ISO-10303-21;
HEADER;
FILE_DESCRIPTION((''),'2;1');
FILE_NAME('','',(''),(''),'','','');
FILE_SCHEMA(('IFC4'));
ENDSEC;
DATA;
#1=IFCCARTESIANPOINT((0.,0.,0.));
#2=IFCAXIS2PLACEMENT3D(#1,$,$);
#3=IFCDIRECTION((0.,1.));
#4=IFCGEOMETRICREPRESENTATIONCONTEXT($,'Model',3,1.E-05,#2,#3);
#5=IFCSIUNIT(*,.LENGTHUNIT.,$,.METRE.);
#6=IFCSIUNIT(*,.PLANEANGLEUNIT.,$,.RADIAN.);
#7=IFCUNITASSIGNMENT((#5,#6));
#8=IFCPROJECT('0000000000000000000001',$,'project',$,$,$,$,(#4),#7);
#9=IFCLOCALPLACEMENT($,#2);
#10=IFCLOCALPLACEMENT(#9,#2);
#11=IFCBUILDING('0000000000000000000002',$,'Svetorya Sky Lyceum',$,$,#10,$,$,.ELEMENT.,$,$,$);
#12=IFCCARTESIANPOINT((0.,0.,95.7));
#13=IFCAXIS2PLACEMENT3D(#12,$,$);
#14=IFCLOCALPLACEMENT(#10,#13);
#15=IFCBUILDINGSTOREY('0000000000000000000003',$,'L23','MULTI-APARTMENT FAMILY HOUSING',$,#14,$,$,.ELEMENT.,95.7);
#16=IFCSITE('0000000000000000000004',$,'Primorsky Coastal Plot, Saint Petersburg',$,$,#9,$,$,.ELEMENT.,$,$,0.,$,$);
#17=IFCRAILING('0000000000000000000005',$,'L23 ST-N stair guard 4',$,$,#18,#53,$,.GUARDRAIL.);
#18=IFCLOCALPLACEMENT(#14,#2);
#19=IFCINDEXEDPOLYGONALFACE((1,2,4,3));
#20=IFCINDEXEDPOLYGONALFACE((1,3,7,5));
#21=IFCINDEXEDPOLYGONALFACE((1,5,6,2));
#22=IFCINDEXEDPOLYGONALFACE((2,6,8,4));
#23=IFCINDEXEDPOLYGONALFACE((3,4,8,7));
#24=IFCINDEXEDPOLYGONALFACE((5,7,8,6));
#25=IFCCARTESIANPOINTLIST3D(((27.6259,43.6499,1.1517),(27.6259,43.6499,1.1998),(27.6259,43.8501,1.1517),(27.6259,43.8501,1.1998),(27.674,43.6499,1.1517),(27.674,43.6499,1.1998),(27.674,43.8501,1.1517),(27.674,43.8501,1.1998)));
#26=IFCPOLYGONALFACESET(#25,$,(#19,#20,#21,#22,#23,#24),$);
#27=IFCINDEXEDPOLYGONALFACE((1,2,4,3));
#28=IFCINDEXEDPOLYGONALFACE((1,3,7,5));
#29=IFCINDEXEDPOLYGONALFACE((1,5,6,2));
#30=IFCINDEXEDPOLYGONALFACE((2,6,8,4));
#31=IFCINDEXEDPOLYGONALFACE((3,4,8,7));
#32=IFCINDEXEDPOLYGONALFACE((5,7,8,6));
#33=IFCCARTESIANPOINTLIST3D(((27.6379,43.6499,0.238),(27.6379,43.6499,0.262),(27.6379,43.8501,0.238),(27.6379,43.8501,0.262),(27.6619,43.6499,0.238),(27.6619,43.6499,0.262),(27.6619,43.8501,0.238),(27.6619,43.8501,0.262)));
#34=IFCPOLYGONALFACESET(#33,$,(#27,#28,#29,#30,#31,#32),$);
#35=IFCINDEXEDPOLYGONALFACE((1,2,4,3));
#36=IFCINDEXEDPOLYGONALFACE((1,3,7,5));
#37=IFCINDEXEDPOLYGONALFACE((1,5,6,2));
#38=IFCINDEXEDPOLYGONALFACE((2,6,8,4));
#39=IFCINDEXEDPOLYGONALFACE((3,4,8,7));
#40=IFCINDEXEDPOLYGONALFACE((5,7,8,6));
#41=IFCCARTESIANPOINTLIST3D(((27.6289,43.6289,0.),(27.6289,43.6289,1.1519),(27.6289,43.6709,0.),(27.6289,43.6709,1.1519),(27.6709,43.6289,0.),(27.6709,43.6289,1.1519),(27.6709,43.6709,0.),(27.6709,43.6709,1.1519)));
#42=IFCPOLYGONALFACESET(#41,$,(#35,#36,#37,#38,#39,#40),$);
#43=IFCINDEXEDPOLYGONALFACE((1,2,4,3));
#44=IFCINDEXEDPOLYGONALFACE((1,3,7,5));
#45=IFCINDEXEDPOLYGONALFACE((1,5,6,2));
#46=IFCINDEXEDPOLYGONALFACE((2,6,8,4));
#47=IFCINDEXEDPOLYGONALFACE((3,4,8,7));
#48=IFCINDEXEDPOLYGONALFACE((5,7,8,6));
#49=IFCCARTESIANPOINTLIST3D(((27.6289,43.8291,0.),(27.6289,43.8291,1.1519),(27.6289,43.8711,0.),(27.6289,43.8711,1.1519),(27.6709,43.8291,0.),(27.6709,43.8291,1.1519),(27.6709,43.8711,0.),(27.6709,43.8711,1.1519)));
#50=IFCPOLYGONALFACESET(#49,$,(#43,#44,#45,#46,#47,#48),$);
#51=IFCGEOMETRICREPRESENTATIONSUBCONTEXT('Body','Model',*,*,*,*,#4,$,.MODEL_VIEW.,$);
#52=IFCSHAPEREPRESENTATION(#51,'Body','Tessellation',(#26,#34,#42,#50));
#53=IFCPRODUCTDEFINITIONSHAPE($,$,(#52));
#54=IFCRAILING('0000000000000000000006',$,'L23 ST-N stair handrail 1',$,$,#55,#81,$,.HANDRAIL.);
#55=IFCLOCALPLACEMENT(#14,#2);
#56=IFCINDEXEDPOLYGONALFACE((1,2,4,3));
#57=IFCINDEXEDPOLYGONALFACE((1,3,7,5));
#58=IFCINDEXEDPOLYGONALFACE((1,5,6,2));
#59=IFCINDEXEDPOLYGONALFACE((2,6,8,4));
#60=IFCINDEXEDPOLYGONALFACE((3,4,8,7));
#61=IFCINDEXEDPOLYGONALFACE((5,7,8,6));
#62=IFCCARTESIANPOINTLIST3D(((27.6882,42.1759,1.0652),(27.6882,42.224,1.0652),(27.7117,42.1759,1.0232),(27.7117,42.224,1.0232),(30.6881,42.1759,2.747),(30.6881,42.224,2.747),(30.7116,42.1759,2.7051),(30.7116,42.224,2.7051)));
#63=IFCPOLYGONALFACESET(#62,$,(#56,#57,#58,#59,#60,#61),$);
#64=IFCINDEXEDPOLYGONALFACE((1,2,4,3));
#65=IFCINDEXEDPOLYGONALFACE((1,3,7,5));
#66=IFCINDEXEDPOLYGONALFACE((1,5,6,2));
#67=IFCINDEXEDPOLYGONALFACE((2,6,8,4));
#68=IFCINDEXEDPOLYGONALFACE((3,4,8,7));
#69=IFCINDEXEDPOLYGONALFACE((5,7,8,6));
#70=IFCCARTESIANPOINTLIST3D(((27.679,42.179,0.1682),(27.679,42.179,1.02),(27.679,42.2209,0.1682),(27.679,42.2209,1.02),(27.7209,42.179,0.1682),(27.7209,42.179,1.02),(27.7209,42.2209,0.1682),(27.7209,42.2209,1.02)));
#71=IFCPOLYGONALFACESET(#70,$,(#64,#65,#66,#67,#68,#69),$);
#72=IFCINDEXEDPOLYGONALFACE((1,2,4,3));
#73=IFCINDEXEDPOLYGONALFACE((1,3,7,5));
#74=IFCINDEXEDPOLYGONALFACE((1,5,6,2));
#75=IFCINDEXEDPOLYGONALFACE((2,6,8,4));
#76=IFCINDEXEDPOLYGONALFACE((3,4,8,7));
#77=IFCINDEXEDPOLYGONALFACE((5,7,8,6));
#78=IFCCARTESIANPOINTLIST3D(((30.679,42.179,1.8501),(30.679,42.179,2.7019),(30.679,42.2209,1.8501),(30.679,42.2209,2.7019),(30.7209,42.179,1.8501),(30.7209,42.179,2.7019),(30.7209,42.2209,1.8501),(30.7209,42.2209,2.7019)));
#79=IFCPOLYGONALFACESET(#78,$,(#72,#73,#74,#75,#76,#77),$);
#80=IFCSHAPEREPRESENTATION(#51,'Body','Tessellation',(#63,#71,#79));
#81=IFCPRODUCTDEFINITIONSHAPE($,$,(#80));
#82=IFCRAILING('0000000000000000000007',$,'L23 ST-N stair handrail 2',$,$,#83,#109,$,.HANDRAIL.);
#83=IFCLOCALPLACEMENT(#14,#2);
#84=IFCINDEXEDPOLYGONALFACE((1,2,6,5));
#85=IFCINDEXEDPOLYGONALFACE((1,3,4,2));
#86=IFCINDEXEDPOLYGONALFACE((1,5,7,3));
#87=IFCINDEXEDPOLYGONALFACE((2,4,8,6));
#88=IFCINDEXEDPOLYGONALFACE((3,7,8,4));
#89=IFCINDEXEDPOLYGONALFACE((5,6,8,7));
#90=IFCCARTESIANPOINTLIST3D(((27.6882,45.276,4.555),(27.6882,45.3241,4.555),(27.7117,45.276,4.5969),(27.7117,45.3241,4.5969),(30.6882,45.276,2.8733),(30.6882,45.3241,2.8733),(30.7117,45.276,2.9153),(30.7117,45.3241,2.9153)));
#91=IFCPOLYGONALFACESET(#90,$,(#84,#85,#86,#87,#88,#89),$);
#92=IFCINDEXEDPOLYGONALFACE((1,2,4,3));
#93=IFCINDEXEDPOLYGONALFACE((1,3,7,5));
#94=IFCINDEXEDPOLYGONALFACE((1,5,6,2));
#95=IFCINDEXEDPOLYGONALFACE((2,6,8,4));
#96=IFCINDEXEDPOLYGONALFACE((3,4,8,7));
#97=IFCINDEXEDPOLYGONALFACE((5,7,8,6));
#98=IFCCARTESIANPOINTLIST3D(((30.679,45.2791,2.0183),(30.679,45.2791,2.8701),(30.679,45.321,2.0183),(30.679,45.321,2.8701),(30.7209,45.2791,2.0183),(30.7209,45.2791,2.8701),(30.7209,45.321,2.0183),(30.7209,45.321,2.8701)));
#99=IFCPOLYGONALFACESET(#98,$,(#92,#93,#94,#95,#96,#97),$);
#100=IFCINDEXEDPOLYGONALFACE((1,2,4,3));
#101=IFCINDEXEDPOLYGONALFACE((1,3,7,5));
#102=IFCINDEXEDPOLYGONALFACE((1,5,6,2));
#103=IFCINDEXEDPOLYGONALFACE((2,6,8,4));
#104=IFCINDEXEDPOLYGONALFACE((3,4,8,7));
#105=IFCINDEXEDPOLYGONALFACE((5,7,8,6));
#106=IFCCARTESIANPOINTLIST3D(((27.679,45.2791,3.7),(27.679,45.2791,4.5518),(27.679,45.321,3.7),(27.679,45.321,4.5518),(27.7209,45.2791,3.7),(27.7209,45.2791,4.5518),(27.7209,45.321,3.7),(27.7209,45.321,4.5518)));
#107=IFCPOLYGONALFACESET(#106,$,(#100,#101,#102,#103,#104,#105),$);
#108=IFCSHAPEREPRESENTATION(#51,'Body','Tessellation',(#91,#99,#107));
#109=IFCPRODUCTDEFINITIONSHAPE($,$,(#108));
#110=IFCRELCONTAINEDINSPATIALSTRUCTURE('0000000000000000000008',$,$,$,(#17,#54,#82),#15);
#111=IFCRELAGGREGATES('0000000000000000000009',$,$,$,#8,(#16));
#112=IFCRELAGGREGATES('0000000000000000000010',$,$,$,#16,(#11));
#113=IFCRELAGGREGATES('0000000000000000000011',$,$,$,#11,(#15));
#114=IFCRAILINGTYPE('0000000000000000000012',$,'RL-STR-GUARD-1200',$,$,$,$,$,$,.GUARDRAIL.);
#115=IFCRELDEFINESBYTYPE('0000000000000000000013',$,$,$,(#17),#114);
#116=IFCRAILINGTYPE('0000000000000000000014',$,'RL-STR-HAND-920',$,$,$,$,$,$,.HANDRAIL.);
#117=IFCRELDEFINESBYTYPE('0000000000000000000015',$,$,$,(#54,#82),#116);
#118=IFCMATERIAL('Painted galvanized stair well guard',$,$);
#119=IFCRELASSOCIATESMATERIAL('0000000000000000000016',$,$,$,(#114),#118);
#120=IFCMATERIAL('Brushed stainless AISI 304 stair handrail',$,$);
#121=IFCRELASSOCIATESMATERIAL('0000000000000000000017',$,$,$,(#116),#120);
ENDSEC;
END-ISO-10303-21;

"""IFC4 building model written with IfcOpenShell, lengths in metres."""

from ifc_helpers import new_model, si_unit, direction, frame, origin, origin_2d, place, context, subcontext, project, spatial, rectangle, extrude, material, type_object, element, save


model = new_model("IFC4")

# Units and contexts
model_context = context("Model", 3, precision=1e-05, world=origin(), true_north=direction((0.0, 1.0)))
body_context = subcontext(model_context, "Body", "Model", "MODEL_VIEW")
ifc_project = project(units=[si_unit("LENGTHUNIT", "METRE"), si_unit("PLANEANGLEUNIT", "RADIAN")], contexts=[model_context])

# Site, building, storey
site_placement = place(None, origin())
site = spatial("IfcSite", under=ifc_project, at=site_placement, Name="Primorsky Coastal Plot, Saint Petersburg", CompositionType="ELEMENT", RefElevation=0.0)
building_placement = place(site_placement, origin())
building = spatial("IfcBuilding", under=site, at=building_placement, Name="Svetorya Sky Lyceum", CompositionType="ELEMENT")
storey_placement = place(building_placement, frame((0.0, 0.0, 95.7)))
storey = spatial("IfcBuildingStorey", under=building, at=storey_placement, Name="L23", Description="MULTI-APARTMENT FAMILY HOUSING", CompositionType="ELEMENT", Elevation=95.7)

# Railings
ifc_material_1 = material(Name="Painted galvanized stair well guard")
railing_type_1 = type_object("IfcRailingType", Name="RL-STR-GUARD-1200", PredefinedType="GUARDRAIL", material=ifc_material_1)
railing_1_placement = place(storey_placement, frame((27.6499, 43.6499, 0.0)))
element("IfcRailing", 1, at=railing_1_placement, inside=storey, type_object=railing_type_1, Name="L23 ST-N stair guard 4", PredefinedType="GUARDRAIL", context=body_context, shape_type="SweptSolid", body=[
    extrude(rectangle(XDim=0.0481, YDim=0.0481, at=origin_2d()), frame((0.0, 0.0, 1.1758), z_axis=(0.0, 1.0, 0.0), x_axis=(-1.0, 0.0, 0.0)), (0.0, 0.0, 1.0), 0.2002),
    extrude(rectangle(XDim=0.0239, YDim=0.0239, at=origin_2d()), frame((0.0, 0.0, 0.25), z_axis=(0.0, 1.0, 0.0), x_axis=(-1.0, 0.0, 0.0)), (0.0, 0.0, 1.0), 0.2002),
    extrude(rectangle(XDim=0.042, YDim=0.042, at=origin_2d()), origin(), (0.0, 0.0, 1.0), 1.1519),
    extrude(rectangle(XDim=0.042, YDim=0.042, at=origin_2d()), frame((0.0, 0.2002, 0.0)), (0.0, 0.0, 1.0), 1.1519),
])
ifc_material_2 = material(Name="Brushed stainless AISI 304 stair handrail")
railing_type_2 = type_object("IfcRailingType", Name="RL-STR-HAND-920", PredefinedType="HANDRAIL", material=ifc_material_2)
railing_2_placement = place(storey_placement, frame((27.7, 42.2, 0.1682)))
element("IfcRailing", 2, at=railing_2_placement, inside=storey, type_object=railing_type_2, Name="L23 ST-N stair handrail 1", PredefinedType="HANDRAIL", context=body_context, shape_type="SweptSolid", body=[
    extrude(rectangle(XDim=0.0481, YDim=0.0481, at=origin_2d()), frame((0.0, 0.0, 0.876), z_axis=(0.872272, 0.0, 0.48902), x_axis=(0.0, 1.0, 0.0)), (0.0, 0.0, 1.0), 3.4392),
    extrude(rectangle(XDim=0.042, YDim=0.042, at=origin_2d()), origin(), (0.0, 0.0, 1.0), 0.8518),
    extrude(rectangle(XDim=0.042, YDim=0.042, at=origin_2d()), frame((3.0, 0.0, 1.6819)), (0.0, 0.0, 1.0), 0.8518),
])
railing_3_placement = place(storey_placement, frame((30.7, 45.3, 2.0183)))
element("IfcRailing", 3, at=railing_3_placement, inside=storey, type_object=railing_type_2, Name="L23 ST-N stair handrail 2", PredefinedType="HANDRAIL", context=body_context, shape_type="SweptSolid", body=[
    extrude(rectangle(XDim=0.0481, YDim=0.0481, at=origin_2d()), frame((0.0, 0.0, 0.876), z_axis=(-0.872303, 0.0, 0.488966), x_axis=(0.0, -1.0, 0.0)), (0.0, 0.0, 1.0), 3.4392),
    extrude(rectangle(XDim=0.042, YDim=0.042, at=origin_2d()), origin(), (0.0, 0.0, 1.0), 0.8518),
    extrude(rectangle(XDim=0.042, YDim=0.042, at=origin_2d()), frame((-3.0, 0.0, 1.6816)), (0.0, 0.0, 1.0), 0.8518),
])

save(model, "model.ifc")
